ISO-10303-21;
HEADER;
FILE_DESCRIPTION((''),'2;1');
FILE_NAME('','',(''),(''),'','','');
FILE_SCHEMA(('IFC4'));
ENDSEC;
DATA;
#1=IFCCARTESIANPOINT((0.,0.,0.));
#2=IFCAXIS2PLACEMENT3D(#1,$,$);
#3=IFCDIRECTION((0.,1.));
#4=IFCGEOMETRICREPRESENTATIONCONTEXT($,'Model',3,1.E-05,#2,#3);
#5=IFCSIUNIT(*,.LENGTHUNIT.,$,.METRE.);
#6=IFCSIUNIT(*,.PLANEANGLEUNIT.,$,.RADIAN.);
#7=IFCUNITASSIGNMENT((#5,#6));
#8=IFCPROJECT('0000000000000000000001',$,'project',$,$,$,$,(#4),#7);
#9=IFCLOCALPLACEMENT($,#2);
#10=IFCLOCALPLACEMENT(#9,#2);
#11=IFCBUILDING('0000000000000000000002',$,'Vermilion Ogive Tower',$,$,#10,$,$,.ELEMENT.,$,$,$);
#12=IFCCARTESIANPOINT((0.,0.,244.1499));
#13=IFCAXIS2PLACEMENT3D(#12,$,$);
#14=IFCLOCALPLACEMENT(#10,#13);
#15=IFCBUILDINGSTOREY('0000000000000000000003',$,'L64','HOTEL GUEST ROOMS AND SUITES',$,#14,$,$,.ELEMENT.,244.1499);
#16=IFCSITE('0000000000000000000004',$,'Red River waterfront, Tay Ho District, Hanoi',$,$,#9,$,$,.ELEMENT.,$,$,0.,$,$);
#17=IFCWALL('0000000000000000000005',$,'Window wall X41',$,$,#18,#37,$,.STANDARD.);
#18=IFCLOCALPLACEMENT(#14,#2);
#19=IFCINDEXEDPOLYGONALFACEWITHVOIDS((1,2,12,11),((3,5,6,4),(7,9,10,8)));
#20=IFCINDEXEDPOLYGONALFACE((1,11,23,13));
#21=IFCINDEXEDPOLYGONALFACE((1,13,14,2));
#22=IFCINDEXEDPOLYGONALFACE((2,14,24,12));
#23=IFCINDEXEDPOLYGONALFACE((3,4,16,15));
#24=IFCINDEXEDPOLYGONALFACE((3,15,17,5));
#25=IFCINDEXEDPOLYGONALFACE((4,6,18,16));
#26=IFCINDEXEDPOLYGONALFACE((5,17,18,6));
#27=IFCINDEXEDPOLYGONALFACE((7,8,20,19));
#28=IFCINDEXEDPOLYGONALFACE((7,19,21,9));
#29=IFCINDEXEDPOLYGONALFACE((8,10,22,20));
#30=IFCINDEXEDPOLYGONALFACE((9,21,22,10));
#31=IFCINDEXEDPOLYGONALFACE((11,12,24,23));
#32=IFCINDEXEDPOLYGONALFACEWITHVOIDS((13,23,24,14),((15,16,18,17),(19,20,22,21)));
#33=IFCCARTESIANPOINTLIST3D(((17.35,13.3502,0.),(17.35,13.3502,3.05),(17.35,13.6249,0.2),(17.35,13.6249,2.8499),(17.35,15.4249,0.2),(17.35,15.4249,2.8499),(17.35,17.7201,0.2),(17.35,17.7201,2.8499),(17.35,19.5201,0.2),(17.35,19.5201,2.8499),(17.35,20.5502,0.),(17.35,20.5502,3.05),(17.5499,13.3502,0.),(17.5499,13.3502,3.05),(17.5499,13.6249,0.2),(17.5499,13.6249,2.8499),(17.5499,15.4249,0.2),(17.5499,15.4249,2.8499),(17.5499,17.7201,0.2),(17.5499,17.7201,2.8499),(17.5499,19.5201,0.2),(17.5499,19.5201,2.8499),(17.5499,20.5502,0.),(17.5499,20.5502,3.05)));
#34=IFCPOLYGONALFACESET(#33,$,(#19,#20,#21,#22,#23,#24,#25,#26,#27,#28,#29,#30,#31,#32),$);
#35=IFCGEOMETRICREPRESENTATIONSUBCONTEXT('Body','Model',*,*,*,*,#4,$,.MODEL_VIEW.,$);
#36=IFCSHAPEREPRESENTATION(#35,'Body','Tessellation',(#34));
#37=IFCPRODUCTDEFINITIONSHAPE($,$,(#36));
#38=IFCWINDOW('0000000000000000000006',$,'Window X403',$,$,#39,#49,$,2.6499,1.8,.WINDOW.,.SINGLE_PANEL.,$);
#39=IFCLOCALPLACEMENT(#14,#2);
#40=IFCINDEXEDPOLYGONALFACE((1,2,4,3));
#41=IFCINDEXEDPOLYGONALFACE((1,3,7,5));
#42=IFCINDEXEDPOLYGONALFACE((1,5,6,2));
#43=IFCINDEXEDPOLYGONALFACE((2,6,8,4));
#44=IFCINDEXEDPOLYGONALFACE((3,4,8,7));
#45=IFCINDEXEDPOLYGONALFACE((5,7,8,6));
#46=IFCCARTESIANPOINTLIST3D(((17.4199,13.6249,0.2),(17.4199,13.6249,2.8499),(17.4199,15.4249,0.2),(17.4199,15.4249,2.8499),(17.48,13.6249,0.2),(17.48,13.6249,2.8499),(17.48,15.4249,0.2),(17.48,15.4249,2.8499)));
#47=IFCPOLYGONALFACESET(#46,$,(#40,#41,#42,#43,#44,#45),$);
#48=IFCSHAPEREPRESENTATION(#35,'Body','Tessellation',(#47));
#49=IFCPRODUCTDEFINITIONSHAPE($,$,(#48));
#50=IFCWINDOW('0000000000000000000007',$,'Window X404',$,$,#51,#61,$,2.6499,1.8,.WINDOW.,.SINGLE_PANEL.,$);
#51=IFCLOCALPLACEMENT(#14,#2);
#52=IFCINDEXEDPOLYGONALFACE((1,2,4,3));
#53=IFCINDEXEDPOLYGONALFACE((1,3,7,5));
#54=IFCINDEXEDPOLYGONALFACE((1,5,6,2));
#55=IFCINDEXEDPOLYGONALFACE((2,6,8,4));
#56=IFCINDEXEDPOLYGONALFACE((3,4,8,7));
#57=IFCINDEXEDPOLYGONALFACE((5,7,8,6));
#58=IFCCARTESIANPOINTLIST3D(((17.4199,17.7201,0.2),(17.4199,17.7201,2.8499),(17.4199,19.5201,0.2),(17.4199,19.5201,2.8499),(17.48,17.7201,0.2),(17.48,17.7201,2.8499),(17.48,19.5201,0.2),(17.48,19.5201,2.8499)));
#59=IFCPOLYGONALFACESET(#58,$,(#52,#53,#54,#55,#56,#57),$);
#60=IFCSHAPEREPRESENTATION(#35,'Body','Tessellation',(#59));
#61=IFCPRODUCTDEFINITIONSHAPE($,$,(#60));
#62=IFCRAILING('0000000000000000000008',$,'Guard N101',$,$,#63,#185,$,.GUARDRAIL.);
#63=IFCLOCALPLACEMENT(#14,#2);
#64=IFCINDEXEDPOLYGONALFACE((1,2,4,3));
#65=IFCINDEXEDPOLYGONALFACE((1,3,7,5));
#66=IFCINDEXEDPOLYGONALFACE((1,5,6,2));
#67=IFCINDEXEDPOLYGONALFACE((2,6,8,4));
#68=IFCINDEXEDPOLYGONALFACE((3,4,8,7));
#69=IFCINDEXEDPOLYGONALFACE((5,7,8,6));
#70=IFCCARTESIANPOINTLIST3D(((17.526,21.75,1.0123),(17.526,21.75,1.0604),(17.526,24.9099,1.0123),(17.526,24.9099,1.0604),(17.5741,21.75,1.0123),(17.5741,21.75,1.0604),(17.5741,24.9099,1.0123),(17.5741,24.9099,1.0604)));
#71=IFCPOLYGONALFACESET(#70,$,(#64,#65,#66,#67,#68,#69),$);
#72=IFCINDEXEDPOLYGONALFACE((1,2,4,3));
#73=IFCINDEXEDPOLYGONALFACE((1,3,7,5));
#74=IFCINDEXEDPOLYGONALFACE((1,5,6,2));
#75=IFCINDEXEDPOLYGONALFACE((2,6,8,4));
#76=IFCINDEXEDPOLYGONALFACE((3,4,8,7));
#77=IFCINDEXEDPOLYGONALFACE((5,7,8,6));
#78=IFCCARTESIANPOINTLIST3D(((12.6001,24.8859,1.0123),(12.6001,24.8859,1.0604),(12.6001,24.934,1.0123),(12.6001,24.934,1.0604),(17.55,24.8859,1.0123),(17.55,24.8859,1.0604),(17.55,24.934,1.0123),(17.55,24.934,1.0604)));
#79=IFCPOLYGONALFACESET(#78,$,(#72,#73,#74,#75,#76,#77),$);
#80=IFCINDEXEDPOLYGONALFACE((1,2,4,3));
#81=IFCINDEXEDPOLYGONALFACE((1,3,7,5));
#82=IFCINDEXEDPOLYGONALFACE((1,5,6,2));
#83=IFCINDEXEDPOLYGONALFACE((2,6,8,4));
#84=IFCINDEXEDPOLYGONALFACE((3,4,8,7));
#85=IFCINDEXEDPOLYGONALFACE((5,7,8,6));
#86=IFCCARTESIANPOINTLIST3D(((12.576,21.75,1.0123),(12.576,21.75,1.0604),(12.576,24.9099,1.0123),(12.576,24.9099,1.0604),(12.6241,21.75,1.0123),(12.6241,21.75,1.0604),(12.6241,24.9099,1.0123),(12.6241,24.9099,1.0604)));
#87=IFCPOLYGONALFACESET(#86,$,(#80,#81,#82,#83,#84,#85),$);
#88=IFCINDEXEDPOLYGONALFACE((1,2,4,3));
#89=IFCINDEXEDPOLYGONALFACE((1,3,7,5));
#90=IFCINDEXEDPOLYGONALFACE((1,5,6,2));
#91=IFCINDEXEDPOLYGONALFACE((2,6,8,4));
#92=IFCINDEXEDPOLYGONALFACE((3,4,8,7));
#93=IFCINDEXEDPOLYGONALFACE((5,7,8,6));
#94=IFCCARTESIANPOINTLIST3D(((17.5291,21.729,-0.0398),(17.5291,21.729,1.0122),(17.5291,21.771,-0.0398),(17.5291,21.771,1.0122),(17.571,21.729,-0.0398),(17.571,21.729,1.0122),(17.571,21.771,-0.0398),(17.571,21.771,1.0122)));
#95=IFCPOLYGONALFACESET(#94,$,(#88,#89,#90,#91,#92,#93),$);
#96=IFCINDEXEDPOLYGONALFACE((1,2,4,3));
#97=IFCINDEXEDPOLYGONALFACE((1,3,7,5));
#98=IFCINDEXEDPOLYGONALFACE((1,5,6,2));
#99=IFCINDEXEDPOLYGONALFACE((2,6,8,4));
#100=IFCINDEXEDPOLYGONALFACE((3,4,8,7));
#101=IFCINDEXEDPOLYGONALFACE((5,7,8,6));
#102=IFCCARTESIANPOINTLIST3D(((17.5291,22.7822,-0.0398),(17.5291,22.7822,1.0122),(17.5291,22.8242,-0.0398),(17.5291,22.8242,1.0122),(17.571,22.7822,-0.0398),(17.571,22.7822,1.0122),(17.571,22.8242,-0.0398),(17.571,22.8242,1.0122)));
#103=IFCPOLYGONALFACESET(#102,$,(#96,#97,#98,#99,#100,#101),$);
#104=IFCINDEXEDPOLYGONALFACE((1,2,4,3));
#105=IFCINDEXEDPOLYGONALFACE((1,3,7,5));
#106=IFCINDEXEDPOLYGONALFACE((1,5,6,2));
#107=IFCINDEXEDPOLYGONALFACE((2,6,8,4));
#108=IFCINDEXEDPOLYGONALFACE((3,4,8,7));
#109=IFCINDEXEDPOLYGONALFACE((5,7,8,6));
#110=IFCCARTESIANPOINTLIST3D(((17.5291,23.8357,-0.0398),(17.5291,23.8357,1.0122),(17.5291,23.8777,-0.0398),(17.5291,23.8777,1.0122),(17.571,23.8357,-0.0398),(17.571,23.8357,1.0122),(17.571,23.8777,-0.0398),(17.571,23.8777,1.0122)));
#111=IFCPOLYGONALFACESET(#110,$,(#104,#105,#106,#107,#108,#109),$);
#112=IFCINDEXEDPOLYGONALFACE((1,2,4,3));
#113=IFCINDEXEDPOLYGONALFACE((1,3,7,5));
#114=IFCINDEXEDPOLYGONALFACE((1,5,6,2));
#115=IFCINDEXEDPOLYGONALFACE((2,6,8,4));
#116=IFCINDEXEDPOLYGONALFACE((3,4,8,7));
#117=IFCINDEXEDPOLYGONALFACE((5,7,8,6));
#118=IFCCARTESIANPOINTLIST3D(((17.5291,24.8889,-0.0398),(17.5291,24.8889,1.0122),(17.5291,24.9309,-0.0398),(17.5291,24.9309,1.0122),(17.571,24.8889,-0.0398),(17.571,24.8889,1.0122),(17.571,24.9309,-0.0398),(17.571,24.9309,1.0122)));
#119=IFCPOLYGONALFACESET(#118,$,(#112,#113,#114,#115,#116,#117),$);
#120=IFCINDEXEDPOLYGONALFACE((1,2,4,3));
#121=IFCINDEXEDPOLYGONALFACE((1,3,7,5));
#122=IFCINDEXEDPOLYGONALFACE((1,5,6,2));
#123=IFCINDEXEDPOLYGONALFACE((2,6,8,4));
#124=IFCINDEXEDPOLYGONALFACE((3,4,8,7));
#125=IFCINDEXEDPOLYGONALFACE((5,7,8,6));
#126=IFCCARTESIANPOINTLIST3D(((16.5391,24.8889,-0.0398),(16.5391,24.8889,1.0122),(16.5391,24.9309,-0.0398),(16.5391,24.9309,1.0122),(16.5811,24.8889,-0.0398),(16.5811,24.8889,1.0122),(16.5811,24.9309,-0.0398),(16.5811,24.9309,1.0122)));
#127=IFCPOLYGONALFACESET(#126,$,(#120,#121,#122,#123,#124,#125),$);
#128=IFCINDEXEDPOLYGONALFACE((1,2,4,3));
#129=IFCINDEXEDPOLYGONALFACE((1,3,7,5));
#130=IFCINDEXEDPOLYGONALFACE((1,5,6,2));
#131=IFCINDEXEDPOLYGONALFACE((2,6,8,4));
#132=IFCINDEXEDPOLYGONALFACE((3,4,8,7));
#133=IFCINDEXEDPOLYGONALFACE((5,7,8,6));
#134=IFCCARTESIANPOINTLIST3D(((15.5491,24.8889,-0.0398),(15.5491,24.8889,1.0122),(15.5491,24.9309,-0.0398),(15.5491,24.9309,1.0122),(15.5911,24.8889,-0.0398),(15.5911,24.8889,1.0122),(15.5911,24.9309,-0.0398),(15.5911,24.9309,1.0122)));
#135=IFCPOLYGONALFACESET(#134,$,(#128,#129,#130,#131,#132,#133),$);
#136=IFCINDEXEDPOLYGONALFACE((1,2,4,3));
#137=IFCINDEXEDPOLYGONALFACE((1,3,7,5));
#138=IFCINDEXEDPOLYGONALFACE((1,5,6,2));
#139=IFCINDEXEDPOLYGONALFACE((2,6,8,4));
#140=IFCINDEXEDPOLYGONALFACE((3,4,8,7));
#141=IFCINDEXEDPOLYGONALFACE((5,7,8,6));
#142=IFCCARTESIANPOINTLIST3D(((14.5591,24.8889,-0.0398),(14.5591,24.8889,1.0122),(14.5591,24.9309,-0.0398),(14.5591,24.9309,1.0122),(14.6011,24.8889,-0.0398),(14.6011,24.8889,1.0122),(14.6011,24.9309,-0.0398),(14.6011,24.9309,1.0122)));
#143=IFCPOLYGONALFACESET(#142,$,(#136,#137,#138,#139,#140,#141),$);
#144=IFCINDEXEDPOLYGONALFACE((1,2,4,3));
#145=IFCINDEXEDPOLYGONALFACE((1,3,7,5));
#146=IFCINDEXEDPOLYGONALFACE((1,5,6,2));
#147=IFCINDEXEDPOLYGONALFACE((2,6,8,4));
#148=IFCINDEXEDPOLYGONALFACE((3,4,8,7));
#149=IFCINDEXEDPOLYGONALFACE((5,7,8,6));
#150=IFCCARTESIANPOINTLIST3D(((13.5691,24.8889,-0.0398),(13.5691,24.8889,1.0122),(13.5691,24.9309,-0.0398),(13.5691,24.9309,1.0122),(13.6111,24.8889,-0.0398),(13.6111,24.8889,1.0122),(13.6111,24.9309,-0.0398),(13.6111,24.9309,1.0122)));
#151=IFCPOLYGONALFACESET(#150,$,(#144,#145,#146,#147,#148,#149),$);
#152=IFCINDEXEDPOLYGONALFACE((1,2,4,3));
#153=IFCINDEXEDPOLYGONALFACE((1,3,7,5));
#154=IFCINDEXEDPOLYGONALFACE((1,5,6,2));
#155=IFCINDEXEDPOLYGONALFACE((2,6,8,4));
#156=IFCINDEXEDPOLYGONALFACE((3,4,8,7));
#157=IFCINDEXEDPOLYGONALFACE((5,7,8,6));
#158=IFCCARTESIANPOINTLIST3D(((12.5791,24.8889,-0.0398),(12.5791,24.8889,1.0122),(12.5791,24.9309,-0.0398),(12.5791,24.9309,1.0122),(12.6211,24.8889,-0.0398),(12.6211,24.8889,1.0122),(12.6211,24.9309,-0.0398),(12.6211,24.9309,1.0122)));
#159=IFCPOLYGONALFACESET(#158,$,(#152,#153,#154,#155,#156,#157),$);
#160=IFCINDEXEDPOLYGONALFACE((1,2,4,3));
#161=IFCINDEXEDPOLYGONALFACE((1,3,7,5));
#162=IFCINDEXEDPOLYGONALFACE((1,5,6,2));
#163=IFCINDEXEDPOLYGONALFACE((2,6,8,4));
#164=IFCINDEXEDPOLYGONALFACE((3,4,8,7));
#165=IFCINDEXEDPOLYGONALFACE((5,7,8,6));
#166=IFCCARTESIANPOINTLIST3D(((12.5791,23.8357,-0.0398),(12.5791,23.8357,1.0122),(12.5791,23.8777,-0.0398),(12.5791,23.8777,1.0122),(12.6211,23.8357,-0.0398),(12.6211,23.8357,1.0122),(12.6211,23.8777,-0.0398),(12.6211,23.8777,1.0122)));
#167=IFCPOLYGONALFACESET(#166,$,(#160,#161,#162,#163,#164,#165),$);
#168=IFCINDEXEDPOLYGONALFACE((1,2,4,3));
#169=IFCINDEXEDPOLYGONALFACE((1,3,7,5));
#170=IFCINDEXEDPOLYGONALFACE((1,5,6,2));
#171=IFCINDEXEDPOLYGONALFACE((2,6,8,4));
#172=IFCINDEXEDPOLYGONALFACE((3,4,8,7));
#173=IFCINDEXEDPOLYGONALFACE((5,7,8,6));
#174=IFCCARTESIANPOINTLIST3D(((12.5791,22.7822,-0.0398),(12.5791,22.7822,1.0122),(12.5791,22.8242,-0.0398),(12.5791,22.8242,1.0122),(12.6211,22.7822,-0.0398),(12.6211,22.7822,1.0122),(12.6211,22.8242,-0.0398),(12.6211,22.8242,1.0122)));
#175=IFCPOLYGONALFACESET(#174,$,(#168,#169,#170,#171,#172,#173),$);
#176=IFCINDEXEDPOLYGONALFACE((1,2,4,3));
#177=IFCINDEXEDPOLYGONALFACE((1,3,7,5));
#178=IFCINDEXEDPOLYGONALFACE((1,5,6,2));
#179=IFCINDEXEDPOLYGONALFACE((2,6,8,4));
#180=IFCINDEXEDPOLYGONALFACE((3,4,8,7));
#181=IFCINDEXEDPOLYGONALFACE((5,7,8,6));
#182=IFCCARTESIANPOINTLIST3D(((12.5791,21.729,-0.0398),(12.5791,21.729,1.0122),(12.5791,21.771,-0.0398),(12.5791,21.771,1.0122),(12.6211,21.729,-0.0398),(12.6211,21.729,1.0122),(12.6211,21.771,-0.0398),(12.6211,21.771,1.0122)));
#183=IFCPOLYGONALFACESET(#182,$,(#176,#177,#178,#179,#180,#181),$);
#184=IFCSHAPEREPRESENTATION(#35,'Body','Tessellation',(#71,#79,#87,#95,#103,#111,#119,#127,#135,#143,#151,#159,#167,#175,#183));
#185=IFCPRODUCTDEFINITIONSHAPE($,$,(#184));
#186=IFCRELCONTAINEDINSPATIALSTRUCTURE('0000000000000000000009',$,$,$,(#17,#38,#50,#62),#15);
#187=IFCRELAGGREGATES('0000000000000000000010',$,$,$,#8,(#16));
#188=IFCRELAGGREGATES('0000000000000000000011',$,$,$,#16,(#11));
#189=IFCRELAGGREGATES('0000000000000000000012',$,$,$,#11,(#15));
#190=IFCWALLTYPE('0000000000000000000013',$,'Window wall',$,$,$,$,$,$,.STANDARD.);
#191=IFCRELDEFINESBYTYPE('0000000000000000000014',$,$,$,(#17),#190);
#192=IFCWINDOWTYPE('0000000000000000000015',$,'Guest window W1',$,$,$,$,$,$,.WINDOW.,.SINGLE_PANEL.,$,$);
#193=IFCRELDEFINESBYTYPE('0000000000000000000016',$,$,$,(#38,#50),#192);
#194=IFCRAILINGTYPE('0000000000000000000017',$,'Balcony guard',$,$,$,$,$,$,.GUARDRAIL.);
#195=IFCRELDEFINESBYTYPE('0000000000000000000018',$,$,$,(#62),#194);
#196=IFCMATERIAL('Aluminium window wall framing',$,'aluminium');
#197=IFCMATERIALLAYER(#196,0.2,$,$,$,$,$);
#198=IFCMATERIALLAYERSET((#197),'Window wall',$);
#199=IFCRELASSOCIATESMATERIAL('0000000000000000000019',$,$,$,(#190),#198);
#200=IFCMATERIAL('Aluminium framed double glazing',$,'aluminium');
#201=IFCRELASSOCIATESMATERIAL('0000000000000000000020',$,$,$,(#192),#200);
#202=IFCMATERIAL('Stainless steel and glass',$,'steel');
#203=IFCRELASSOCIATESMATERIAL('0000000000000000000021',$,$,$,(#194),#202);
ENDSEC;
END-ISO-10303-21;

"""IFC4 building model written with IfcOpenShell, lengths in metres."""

from ifc_helpers import new_model, si_unit, direction, frame, frame_2d, origin, origin_2d, place, context, subcontext, project, spatial, rectangle, extrude, material, layer, layer_set, type_object, element, fill, save


model = new_model("IFC4")

# Units and contexts
model_context = context("Model", 3, precision=1e-05, world=origin(), true_north=direction((0.0, 1.0)))
body_context = subcontext(model_context, "Body", "Model", "MODEL_VIEW")
ifc_project = project(units=[si_unit("LENGTHUNIT", "METRE"), si_unit("PLANEANGLEUNIT", "RADIAN")], contexts=[model_context])

# Site, building, storey
site_placement = place(None, origin())
site = spatial("IfcSite", under=ifc_project, at=site_placement, Name="Red River waterfront, Tay Ho District, Hanoi", CompositionType="ELEMENT", RefElevation=0.0)
building_placement = place(site_placement, origin())
building = spatial("IfcBuilding", under=site, at=building_placement, Name="Vermilion Ogive Tower", CompositionType="ELEMENT")
storey_placement = place(building_placement, frame((0.0, 0.0, 244.1499)))
storey = spatial("IfcBuildingStorey", under=building, at=storey_placement, Name="L64", Description="HOTEL GUEST ROOMS AND SUITES", CompositionType="ELEMENT", Elevation=244.1499)

# Shared definitions
ifc_material_1 = material(Name="Aluminium window wall framing", Category="aluminium")
ifc_layer_1 = layer(ifc_material_1, 0.2)
ifc_layer_set_1 = layer_set([ifc_layer_1], Name="Window wall")
wall_type_1 = type_object("IfcWallType", Name="Window wall", PredefinedType="STANDARD", material=ifc_layer_set_1)

# Wall, openings, windows
wall_1_placement = place(storey_placement, frame((17.45, 13.3501, 0.0), z_axis=(0.0, 0.0, 1.0), x_axis=(0.0, 1.0, 0.0)))
wall_1 = element("IfcWall", 1, at=wall_1_placement, inside=storey, type_object=wall_type_1, Name="Window wall X41", PredefinedType="STANDARD", context=body_context, shape_type="SweptSolid", body=[
    extrude(rectangle(XDim=7.2, YDim=0.2, at=frame_2d((3.6001, 0.0))), origin(), (0.0, 0.0, 1.0), 3.05),
])
opening_1_placement = place(wall_1_placement, frame((0.2749, 0.0, 0.2)))
opening_1 = element("IfcOpeningElement", 2, at=opening_1_placement, cuts=wall_1, PredefinedType="OPENING", context=body_context, shape_type="SweptSolid", body=[
    extrude(rectangle(XDim=1.8, YDim=2.6499, at=frame_2d((0.8999, 1.325))), frame((0.0, 0.1099, 0.0), z_axis=(0.0, -1.0, 0.0), x_axis=(1.0, 0.0, 0.0)), (0.0, 0.0, 1.0), 0.22),
])
opening_2_placement = place(wall_1_placement, frame((4.3701, 0.0, 0.2)))
opening_2 = element("IfcOpeningElement", 3, at=opening_2_placement, cuts=wall_1, PredefinedType="OPENING", context=body_context, shape_type="SweptSolid", body=[
    extrude(rectangle(XDim=1.8, YDim=2.6499, at=frame_2d((0.8999, 1.325))), frame((0.0, 0.1099, 0.0), z_axis=(0.0, -1.0, 0.0), x_axis=(1.0, 0.0, 0.0)), (0.0, 0.0, 1.0), 0.22),
])
ifc_material_2 = material(Name="Aluminium framed double glazing", Category="aluminium")
window_type = type_object("IfcWindowType", Name="Guest window W1", PartitioningType="SINGLE_PANEL", PredefinedType="WINDOW", material=ifc_material_2)
window_1_placement = place(opening_1_placement, origin())
window_1 = element("IfcWindow", 4, at=window_1_placement, inside=storey, type_object=window_type, Name="Window X403", OverallHeight=2.6499, OverallWidth=1.8, PartitioningType="SINGLE_PANEL", PredefinedType="WINDOW", context=body_context, shape_type="SweptSolid", body=[
    extrude(rectangle(XDim=1.8, YDim=2.6499, at=frame_2d((0.8999, 1.325))), frame((0.0, 0.03, 0.0), z_axis=(0.0, -1.0, 0.0), x_axis=(1.0, 0.0, 0.0)), (0.0, 0.0, 1.0), 0.0601),
])
fill(opening_1, window_1)
window_2_placement = place(opening_2_placement, origin())
window_2 = element("IfcWindow", 5, at=window_2_placement, inside=storey, type_object=window_type, Name="Window X404", OverallHeight=2.6499, OverallWidth=1.8, PartitioningType="SINGLE_PANEL", PredefinedType="WINDOW", context=body_context, shape_type="SweptSolid", body=[
    extrude(rectangle(XDim=1.8, YDim=2.6499, at=frame_2d((0.8999, 1.325))), frame((0.0, 0.03, 0.0), z_axis=(0.0, -1.0, 0.0), x_axis=(1.0, 0.0, 0.0)), (0.0, 0.0, 1.0), 0.0601),
])
fill(opening_2, window_2)

# Railing
ifc_material_3 = material(Name="Stainless steel and glass", Category="steel")
railing_type = type_object("IfcRailingType", Name="Balcony guard", PredefinedType="GUARDRAIL", material=ifc_material_3)
railing_placement = place(storey_placement, frame((17.55, 21.75, -0.0398)))
element("IfcRailing", 6, at=railing_placement, inside=storey, type_object=railing_type, Name="Guard N101", PredefinedType="GUARDRAIL", context=body_context, shape_type="SweptSolid", body=[
    extrude(rectangle(XDim=0.0481, YDim=0.0481, at=origin_2d()), frame((0.0, 0.0, 1.0762), z_axis=(0.0, 1.0, 0.0), x_axis=(-1.0, 0.0, 0.0)), (0.0, 0.0, 1.0), 3.1599),
    extrude(rectangle(XDim=0.0481, YDim=0.0481, at=origin_2d()), frame((0.0, 3.1599, 1.0762), z_axis=(-1.0, 0.0, 0.0), x_axis=(0.0, -1.0, 0.0)), (0.0, 0.0, 1.0), 4.95),
    extrude(rectangle(XDim=0.0481, YDim=0.0481, at=origin_2d()), frame((-4.95, 3.1599, 1.0762), z_axis=(0.0, -1.0, 0.0), x_axis=(1.0, 0.0, 0.0)), (0.0, 0.0, 1.0), 3.1599),
    extrude(rectangle(XDim=0.042, YDim=0.042, at=origin_2d()), origin(), (0.0, 0.0, 1.0), 1.052),
    extrude(rectangle(XDim=0.042, YDim=0.042, at=origin_2d()), frame((0.0, 1.0532, 0.0)), (0.0, 0.0, 1.0), 1.052),
    extrude(rectangle(XDim=0.042, YDim=0.042, at=origin_2d()), frame((0.0, 2.1067, 0.0)), (0.0, 0.0, 1.0), 1.052),
    extrude(rectangle(XDim=0.042, YDim=0.042, at=origin_2d()), frame((0.0, 3.1599, 0.0)), (0.0, 0.0, 1.0), 1.052),
    extrude(rectangle(XDim=0.042, YDim=0.042, at=origin_2d()), frame((-0.99, 3.1599, 0.0)), (0.0, 0.0, 1.0), 1.052),
    extrude(rectangle(XDim=0.042, YDim=0.042, at=origin_2d()), frame((-1.98, 3.1599, 0.0)), (0.0, 0.0, 1.0), 1.052),
    extrude(rectangle(XDim=0.042, YDim=0.042, at=origin_2d()), frame((-2.97, 3.1599, 0.0)), (0.0, 0.0, 1.0), 1.052),
    extrude(rectangle(XDim=0.042, YDim=0.042, at=origin_2d()), frame((-3.96, 3.1599, 0.0)), (0.0, 0.0, 1.0), 1.052),
    extrude(rectangle(XDim=0.042, YDim=0.042, at=origin_2d()), frame((-4.95, 3.1599, 0.0)), (0.0, 0.0, 1.0), 1.052),
    extrude(rectangle(XDim=0.042, YDim=0.042, at=origin_2d()), frame((-4.95, 2.1067, 0.0)), (0.0, 0.0, 1.0), 1.052),
    extrude(rectangle(XDim=0.042, YDim=0.042, at=origin_2d()), frame((-4.95, 1.0532, 0.0)), (0.0, 0.0, 1.0), 1.052),
    extrude(rectangle(XDim=0.042, YDim=0.042, at=origin_2d()), frame((-4.95, 0.0, 0.0)), (0.0, 0.0, 1.0), 1.052),
])

save(model, "model.ifc")
